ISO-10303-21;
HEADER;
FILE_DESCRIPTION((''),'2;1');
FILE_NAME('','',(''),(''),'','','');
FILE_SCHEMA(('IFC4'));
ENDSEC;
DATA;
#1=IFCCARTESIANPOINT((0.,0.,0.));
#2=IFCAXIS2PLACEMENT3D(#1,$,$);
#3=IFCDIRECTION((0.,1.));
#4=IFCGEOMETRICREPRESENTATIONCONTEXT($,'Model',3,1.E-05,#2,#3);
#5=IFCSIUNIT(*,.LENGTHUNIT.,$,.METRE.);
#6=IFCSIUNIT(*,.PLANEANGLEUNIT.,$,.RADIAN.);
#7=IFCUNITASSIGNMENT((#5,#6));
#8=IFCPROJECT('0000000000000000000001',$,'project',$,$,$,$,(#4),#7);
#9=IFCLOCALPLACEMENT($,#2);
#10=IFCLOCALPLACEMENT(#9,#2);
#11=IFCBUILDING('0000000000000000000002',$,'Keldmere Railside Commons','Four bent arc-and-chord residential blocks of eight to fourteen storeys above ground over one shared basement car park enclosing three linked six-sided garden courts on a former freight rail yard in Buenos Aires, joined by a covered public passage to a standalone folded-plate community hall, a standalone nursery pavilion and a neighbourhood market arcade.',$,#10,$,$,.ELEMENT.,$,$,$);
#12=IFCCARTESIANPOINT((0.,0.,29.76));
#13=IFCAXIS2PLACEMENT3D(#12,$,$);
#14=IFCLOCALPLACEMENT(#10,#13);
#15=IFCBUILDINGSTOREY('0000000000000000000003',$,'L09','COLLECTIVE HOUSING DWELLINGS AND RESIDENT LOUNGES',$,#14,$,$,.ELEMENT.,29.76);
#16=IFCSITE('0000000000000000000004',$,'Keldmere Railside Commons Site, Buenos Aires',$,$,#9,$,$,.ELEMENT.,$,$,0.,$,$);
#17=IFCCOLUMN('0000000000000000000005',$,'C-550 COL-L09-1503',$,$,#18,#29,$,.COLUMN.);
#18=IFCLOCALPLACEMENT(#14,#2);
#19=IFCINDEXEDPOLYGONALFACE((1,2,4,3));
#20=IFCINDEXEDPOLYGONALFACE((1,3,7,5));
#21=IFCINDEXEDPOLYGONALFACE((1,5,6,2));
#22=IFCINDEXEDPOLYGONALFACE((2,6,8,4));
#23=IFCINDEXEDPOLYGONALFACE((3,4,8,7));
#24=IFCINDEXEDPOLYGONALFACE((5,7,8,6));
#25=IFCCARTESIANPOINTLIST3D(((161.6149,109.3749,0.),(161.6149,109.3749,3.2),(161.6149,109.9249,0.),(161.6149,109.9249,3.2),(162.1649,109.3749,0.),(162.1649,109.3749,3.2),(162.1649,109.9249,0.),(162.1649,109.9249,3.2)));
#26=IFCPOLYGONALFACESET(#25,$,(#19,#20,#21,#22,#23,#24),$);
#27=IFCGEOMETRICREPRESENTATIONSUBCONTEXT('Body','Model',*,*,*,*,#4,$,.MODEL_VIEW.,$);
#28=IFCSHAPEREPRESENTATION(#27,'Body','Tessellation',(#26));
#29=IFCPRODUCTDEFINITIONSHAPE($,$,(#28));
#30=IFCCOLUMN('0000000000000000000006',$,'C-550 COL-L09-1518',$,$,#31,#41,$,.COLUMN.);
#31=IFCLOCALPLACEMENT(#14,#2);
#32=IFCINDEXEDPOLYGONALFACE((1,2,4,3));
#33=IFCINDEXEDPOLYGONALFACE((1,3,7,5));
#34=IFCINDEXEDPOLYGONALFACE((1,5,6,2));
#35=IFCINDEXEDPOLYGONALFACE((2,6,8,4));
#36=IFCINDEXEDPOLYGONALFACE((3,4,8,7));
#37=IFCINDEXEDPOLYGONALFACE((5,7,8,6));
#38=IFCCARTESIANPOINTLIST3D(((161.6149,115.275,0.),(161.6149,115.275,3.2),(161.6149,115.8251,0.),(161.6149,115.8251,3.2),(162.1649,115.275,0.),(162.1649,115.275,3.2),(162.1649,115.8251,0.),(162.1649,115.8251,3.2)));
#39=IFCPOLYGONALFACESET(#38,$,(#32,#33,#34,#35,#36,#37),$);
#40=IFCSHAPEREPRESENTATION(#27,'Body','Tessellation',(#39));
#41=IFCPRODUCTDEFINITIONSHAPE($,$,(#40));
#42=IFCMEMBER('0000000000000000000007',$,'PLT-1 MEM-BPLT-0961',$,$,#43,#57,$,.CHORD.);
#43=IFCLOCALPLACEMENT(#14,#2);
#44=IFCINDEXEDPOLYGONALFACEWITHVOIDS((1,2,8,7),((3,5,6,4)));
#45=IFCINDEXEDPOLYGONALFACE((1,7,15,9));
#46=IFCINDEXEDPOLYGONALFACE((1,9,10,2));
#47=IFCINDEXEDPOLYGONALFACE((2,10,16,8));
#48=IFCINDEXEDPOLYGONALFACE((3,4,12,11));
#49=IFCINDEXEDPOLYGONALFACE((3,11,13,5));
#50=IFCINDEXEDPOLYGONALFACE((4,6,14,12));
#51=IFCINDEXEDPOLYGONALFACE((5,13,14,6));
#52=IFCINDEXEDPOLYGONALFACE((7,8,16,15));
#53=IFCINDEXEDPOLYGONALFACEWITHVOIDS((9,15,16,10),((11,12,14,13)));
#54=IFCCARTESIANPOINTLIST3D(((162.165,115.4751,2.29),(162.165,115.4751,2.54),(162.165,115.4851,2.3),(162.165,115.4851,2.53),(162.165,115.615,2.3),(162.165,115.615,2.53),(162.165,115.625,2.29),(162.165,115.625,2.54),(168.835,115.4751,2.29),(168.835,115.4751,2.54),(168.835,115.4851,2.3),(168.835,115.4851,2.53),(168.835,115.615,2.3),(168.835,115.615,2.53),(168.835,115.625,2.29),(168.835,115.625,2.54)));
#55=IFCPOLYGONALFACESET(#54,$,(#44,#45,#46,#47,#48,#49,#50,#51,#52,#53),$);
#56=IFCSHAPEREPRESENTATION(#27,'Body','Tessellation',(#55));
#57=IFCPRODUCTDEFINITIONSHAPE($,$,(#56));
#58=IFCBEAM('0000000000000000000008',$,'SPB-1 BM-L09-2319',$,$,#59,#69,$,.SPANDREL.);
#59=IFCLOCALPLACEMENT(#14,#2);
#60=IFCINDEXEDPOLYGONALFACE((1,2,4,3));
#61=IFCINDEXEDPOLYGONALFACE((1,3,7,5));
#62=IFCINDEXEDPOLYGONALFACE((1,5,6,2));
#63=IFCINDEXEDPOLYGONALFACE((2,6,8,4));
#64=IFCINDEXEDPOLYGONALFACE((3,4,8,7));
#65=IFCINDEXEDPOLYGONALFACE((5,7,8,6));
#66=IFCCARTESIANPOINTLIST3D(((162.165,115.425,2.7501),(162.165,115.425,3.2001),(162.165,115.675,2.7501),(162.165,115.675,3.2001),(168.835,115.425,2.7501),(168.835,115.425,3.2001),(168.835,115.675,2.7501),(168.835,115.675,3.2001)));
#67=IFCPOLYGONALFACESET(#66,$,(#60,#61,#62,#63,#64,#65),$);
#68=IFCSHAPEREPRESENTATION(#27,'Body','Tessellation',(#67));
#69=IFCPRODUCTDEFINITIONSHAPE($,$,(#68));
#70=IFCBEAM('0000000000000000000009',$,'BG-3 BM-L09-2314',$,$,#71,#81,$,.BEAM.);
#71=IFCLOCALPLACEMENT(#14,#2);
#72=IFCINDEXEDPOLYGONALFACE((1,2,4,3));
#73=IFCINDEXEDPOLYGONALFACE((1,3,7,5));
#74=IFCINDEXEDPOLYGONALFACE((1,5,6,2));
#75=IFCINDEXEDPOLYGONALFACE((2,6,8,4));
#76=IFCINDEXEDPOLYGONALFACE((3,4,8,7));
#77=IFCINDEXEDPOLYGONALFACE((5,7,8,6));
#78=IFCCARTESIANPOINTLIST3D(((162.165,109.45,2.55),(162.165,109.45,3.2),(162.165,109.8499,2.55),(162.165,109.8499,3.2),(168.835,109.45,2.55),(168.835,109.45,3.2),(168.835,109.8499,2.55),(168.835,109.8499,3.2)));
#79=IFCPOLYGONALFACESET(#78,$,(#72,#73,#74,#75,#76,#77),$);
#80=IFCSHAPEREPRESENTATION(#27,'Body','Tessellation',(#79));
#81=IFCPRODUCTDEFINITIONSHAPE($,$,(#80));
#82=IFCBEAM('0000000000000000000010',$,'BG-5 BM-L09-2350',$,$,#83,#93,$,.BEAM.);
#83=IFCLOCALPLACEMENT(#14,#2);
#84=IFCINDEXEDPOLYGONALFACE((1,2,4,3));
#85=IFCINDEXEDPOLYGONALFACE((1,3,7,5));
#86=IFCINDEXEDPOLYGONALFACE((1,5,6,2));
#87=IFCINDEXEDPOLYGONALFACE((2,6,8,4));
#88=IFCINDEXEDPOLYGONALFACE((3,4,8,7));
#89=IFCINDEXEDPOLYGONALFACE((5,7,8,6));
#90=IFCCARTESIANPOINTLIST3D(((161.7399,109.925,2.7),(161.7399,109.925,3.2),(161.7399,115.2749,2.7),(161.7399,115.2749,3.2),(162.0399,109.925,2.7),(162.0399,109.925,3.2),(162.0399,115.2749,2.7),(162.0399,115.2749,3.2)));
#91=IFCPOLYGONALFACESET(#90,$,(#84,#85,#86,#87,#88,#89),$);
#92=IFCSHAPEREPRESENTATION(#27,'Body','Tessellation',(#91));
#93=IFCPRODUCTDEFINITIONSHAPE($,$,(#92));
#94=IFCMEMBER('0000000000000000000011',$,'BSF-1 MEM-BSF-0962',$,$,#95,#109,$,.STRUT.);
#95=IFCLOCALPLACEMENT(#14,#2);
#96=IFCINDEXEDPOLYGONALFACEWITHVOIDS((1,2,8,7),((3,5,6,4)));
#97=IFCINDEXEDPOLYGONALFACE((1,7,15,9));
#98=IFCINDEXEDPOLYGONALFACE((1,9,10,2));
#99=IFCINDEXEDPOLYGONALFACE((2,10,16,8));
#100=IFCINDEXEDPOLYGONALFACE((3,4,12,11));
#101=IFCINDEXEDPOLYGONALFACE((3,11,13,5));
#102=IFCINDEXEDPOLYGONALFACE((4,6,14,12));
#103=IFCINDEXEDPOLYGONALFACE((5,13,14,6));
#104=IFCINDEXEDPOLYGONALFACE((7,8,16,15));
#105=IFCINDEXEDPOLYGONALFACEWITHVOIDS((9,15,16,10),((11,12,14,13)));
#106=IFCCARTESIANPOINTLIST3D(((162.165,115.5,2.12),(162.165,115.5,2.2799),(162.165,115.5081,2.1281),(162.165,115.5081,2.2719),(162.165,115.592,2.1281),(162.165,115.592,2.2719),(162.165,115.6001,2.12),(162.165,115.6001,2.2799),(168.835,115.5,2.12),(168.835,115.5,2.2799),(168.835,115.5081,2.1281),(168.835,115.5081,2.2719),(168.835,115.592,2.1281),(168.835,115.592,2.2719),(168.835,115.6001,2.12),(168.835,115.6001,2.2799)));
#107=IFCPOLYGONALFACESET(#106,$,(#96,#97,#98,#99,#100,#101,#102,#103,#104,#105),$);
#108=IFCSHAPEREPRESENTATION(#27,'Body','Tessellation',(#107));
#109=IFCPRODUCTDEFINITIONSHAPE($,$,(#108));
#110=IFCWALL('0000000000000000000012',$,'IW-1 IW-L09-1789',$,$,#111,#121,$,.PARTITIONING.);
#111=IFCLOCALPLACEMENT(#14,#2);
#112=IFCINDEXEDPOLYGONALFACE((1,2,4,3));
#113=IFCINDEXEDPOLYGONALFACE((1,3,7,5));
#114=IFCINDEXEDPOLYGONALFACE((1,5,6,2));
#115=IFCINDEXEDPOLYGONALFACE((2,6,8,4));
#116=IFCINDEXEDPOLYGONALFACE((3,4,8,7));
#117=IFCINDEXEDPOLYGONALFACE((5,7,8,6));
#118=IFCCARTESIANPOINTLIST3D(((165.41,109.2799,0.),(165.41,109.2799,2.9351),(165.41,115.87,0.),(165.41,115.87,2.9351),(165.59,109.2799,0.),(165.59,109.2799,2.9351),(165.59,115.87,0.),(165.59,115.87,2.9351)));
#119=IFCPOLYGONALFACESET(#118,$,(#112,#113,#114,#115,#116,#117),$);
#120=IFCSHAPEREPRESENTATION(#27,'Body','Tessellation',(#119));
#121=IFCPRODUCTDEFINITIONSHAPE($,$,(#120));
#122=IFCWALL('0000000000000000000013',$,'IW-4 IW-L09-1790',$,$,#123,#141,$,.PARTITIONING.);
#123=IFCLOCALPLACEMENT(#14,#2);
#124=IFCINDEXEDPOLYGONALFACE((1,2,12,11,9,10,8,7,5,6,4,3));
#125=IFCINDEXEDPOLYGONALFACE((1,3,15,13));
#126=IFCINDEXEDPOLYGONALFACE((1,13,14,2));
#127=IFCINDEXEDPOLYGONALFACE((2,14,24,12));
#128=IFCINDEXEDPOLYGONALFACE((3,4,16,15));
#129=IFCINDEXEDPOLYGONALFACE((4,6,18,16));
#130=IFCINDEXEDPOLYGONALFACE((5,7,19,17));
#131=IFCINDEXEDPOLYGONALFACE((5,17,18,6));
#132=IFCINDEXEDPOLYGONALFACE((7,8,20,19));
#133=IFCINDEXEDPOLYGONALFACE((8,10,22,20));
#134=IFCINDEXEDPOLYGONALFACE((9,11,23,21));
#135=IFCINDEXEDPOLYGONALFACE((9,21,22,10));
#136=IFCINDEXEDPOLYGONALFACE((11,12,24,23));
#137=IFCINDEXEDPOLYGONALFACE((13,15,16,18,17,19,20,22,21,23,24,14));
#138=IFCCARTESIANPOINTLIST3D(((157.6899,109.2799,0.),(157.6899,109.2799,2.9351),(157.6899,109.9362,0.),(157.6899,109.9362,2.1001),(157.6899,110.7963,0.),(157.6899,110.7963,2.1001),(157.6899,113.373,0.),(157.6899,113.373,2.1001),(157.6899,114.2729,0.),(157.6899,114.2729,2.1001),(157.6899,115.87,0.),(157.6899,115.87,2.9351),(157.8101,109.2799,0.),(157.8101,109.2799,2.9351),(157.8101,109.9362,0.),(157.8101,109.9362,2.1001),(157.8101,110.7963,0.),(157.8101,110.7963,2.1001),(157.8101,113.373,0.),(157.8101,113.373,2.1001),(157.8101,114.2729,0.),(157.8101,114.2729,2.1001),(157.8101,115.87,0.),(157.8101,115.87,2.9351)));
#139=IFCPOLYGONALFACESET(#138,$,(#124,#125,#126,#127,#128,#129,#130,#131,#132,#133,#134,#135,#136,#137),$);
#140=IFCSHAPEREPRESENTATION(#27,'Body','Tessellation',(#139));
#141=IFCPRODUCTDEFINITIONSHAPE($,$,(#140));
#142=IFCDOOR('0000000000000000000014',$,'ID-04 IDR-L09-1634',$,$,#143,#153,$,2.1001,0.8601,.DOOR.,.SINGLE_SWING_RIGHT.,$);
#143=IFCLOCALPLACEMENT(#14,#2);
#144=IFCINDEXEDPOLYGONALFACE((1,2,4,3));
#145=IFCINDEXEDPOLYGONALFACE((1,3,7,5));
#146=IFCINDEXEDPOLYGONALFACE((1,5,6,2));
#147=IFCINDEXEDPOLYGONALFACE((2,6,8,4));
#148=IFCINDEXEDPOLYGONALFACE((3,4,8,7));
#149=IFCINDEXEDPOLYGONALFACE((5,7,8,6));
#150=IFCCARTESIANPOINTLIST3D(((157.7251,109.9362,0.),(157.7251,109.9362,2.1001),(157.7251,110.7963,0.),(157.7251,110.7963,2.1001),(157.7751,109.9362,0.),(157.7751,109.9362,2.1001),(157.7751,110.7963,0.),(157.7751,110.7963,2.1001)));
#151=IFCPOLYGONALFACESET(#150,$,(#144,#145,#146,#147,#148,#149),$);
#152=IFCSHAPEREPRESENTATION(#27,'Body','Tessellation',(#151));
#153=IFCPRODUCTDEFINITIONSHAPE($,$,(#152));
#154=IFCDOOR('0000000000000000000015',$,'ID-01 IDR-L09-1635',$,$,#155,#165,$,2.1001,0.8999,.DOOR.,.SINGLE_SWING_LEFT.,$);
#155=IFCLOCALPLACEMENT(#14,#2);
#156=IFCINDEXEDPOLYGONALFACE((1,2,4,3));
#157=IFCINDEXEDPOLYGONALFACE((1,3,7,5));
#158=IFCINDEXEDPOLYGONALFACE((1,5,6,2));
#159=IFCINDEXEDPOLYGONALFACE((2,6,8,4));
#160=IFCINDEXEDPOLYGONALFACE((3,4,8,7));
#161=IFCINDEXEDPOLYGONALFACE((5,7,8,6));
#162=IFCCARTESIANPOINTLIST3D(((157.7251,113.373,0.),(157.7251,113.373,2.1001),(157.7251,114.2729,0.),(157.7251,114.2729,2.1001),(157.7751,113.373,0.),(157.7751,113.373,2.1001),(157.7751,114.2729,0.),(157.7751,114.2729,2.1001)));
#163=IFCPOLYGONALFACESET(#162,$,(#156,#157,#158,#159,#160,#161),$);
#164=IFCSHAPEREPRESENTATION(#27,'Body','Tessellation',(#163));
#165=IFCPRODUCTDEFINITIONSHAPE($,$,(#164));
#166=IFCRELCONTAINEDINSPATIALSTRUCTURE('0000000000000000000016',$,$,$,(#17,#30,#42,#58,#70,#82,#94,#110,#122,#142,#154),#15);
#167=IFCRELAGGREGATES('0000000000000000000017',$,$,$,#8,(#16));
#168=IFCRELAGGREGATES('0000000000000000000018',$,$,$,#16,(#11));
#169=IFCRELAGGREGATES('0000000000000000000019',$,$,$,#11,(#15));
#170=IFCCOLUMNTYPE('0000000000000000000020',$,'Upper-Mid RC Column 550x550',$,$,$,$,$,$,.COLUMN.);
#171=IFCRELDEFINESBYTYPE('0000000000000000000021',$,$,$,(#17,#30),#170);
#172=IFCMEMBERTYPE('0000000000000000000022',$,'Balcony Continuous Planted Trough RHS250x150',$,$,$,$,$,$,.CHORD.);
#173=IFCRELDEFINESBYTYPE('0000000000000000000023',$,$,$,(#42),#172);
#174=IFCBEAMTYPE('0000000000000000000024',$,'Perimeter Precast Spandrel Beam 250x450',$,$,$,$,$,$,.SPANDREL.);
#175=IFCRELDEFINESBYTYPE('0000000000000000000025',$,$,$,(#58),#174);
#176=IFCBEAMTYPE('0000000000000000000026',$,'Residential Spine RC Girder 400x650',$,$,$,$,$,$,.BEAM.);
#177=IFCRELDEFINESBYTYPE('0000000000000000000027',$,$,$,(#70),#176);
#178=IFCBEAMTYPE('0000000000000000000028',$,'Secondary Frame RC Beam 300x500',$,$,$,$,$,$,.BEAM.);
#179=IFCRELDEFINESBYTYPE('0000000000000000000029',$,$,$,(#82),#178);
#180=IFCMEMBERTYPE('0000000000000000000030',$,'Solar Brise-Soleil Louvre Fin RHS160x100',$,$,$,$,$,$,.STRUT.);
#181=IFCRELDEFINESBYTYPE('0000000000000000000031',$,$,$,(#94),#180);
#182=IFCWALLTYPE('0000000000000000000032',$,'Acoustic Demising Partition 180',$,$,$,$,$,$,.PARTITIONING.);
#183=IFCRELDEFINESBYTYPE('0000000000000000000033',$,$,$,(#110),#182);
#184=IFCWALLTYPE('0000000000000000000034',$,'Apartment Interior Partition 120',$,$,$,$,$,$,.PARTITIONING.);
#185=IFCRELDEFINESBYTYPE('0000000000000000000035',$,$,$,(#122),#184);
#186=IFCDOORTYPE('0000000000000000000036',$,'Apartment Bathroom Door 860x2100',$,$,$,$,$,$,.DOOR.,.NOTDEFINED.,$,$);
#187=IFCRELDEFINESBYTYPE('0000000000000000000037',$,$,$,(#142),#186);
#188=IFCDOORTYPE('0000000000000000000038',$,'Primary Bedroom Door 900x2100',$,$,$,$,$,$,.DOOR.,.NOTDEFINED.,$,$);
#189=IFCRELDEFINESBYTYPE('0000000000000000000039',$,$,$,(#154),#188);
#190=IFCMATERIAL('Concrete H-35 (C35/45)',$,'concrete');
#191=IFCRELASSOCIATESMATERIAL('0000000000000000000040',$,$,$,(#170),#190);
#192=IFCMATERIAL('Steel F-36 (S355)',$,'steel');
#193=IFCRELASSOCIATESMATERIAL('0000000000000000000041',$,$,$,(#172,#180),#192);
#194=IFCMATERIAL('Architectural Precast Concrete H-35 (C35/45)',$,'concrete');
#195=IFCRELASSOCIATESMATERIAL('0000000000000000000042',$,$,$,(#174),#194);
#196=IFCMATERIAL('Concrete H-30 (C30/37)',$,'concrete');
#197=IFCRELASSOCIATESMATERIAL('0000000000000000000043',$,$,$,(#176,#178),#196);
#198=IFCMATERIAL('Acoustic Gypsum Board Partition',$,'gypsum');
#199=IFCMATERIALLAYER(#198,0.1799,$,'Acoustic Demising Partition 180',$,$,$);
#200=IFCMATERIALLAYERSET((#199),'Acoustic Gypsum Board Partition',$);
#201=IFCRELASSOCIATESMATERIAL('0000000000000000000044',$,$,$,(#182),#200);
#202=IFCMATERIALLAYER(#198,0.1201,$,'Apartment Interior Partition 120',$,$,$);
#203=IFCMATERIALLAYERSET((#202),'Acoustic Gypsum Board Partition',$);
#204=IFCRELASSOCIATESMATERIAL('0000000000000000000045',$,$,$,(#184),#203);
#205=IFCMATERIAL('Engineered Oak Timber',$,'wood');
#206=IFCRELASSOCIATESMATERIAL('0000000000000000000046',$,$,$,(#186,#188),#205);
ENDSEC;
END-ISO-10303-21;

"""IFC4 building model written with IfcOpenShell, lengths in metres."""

from ifc_helpers import new_model, si_unit, direction, frame, frame_2d, origin, origin_2d, place, context, subcontext, project, spatial, rectangle, hollow_rectangle, extrude, material, layer, layer_set, material_profile, profile_set, type_object, element, fill, save


model = new_model("IFC4")

# Units and contexts
model_context = context("Model", 3, precision=1e-05, world=origin(), true_north=direction((0.0, 1.0)))
body_context = subcontext(model_context, "Body", "Model", "MODEL_VIEW")
ifc_project = project(units=[si_unit("LENGTHUNIT", "METRE"), si_unit("PLANEANGLEUNIT", "RADIAN")], contexts=[model_context])

# Site, building, storey
site_placement = place(None, origin())
site = spatial("IfcSite", under=ifc_project, at=site_placement, Name="Keldmere Railside Commons Site, Buenos Aires", CompositionType="ELEMENT", RefElevation=0.0)
building_placement = place(site_placement, origin())
building = spatial("IfcBuilding", under=site, at=building_placement, Name="Keldmere Railside Commons", Description="Four bent arc-and-chord residential blocks of eight to fourteen storeys above ground over one shared basement car park enclosing three linked six-sided garden courts on a former freight rail yard in Buenos Aires, joined by a covered public passage to a standalone folded-plate community hall, a standalone nursery pavilion and a neighbourhood market arcade.", CompositionType="ELEMENT")
storey_placement = place(building_placement, frame((0.0, 0.0, 29.76)))
storey = spatial("IfcBuildingStorey", under=building, at=storey_placement, Name="L09", Description="COLLECTIVE HOUSING DWELLINGS AND RESIDENT LOUNGES", CompositionType="ELEMENT", Elevation=29.76)

# Columns
ifc_material_1 = material(Name="Concrete H-35 (C35/45)", Category="concrete")
ifc_material_profile_1 = material_profile(ifc_material_1, rectangle(XDim=0.55, YDim=0.55, at=origin_2d()), Name="RC-550x550")
ifc_profile_set_1 = profile_set([ifc_material_profile_1], Name="Concrete H-35 (C35/45)")
column_type = type_object("IfcColumnType", Name="Upper-Mid RC Column 550x550", PredefinedType="COLUMN", material=ifc_profile_set_1)
for number, where, z_axis, x_axis, name in (
    (1, (161.8899, 109.6499, 0.0), (0.0, 0.0, 1.0), (1.0, 0.0, 0.0), "C-550 COL-L09-1503"),
    (2, (161.8899, 115.55, 0.0), (0.0, 0.0, 1.0), (1.0, 0.0, 0.0), "C-550 COL-L09-1518"),
):
    element("IfcColumn", number, at=place(storey_placement, frame(where, z_axis=z_axis, x_axis=x_axis)), inside=storey, type_object=column_type, Name=name, PredefinedType="COLUMN", context=body_context, shape_type="SweptSolid", body=[
        extrude(rectangle(XDim=0.55, YDim=0.55, at=origin_2d()), origin(), (0.0, 0.0, 1.0), 3.2),
    ])

# Member
ifc_material_2 = material(Name="Steel F-36 (S355)", Category="steel")
ifc_material_profile_2 = material_profile(ifc_material_2, hollow_rectangle(XDim=0.1499, YDim=0.25, WallThickness=0.01, at=origin_2d()), Name="RHS-250x150x10")
ifc_profile_set_2 = profile_set([ifc_material_profile_2], Name="Steel F-36 (S355)")
member_type_1 = type_object("IfcMemberType", Name="Balcony Continuous Planted Trough RHS250x150", PredefinedType="CHORD", material=ifc_profile_set_2)
member_1_placement = place(storey_placement, frame((162.165, 115.55, 2.415), z_axis=(1.0, 0.0, 0.0), x_axis=(0.0, 1.0, 0.0)))
element("IfcMember", 3, at=member_1_placement, inside=storey, type_object=member_type_1, Name="PLT-1 MEM-BPLT-0961", PredefinedType="CHORD", context=body_context, shape_type="SweptSolid", body=[
    extrude(hollow_rectangle(XDim=0.1499, YDim=0.25, WallThickness=0.01, at=origin_2d()), origin(), (0.0, 0.0, 1.0), 6.6699),
])

# Beams
ifc_material_3 = material(Name="Architectural Precast Concrete H-35 (C35/45)", Category="concrete")
ifc_material_profile_3 = material_profile(ifc_material_3, rectangle(XDim=0.25, YDim=0.45, at=origin_2d()), Name="RC-250x450")
ifc_profile_set_3 = profile_set([ifc_material_profile_3], Name="Architectural Precast Concrete H-35 (C35/45)")
beam_type_1 = type_object("IfcBeamType", Name="Perimeter Precast Spandrel Beam 250x450", PredefinedType="SPANDREL", material=ifc_profile_set_3)
beam_1_placement = place(storey_placement, frame((162.165, 115.55, 2.9751), z_axis=(1.0, 0.0, 0.0), x_axis=(0.0, 1.0, 0.0)))
element("IfcBeam", 4, at=beam_1_placement, inside=storey, type_object=beam_type_1, Name="SPB-1 BM-L09-2319", PredefinedType="SPANDREL", context=body_context, shape_type="SweptSolid", body=[
    extrude(rectangle(XDim=0.25, YDim=0.45, at=origin_2d()), origin(), (0.0, 0.0, 1.0), 6.6699),
])
ifc_material_4 = material(Name="Concrete H-30 (C30/37)", Category="concrete")
ifc_material_profile_4 = material_profile(ifc_material_4, rectangle(XDim=0.3999, YDim=0.6499, at=origin_2d()), Name="RC-400x650")
ifc_profile_set_4 = profile_set([ifc_material_profile_4], Name="Concrete H-30 (C30/37)")
beam_type_2 = type_object("IfcBeamType", Name="Residential Spine RC Girder 400x650", PredefinedType="BEAM", material=ifc_profile_set_4)
beam_2_placement = place(storey_placement, frame((162.165, 109.6499, 2.875), z_axis=(1.0, 0.0, 0.0), x_axis=(0.0, 1.0, 0.0)))
element("IfcBeam", 5, at=beam_2_placement, inside=storey, type_object=beam_type_2, Name="BG-3 BM-L09-2314", PredefinedType="BEAM", context=body_context, shape_type="SweptSolid", body=[
    extrude(rectangle(XDim=0.3999, YDim=0.6499, at=origin_2d()), origin(), (0.0, 0.0, 1.0), 6.6699),
])
ifc_material_profile_5 = material_profile(ifc_material_4, rectangle(XDim=0.3, YDim=0.5, at=origin_2d()), Name="RC-300x500")
ifc_profile_set_5 = profile_set([ifc_material_profile_5], Name="Concrete H-30 (C30/37)")
beam_type_3 = type_object("IfcBeamType", Name="Secondary Frame RC Beam 300x500", PredefinedType="BEAM", material=ifc_profile_set_5)
beam_3_placement = place(storey_placement, frame((161.8899, 109.925, 2.95), z_axis=(0.0, 1.0, 0.0), x_axis=(-1.0, 0.0, 0.0)))
element("IfcBeam", 6, at=beam_3_placement, inside=storey, type_object=beam_type_3, Name="BG-5 BM-L09-2350", PredefinedType="BEAM", context=body_context, shape_type="SweptSolid", body=[
    extrude(rectangle(XDim=0.3, YDim=0.5, at=origin_2d()), origin(), (0.0, 0.0, 1.0), 5.3499),
])

# Member
ifc_material_profile_6 = material_profile(ifc_material_2, hollow_rectangle(XDim=0.1001, YDim=0.1599, WallThickness=0.0081, at=origin_2d()), Name="RHS-160x100x8")
ifc_profile_set_6 = profile_set([ifc_material_profile_6], Name="Steel F-36 (S355)")
member_type_2 = type_object("IfcMemberType", Name="Solar Brise-Soleil Louvre Fin RHS160x100", PredefinedType="STRUT", material=ifc_profile_set_6)
member_2_placement = place(storey_placement, frame((162.165, 115.55, 2.2), z_axis=(1.0, 0.0, 0.0), x_axis=(0.0, 1.0, 0.0)))
element("IfcMember", 7, at=member_2_placement, inside=storey, type_object=member_type_2, Name="BSF-1 MEM-BSF-0962", PredefinedType="STRUT", context=body_context, shape_type="SweptSolid", body=[
    extrude(hollow_rectangle(XDim=0.1001, YDim=0.1599, WallThickness=0.0081, at=origin_2d()), origin(), (0.0, 0.0, 1.0), 6.6699),
])

# Wall
ifc_material_5 = material(Name="Acoustic Gypsum Board Partition", Category="gypsum")
ifc_layer_1 = layer(ifc_material_5, 0.1799, Name="Acoustic Demising Partition 180")
ifc_layer_set_1 = layer_set([ifc_layer_1], Name="Acoustic Gypsum Board Partition")
wall_type_1 = type_object("IfcWallType", Name="Acoustic Demising Partition 180", PredefinedType="PARTITIONING", material=ifc_layer_set_1)
wall_1_placement = place(storey_placement, frame((165.5, 109.28, 0.0), z_axis=(0.0, 0.0, 1.0), x_axis=(0.0, 1.0, 0.0)))
element("IfcWall", 8, at=wall_1_placement, inside=storey, type_object=wall_type_1, Name="IW-1 IW-L09-1789", PredefinedType="PARTITIONING", context=body_context, shape_type="SweptSolid", body=[
    extrude(rectangle(XDim=6.5901, YDim=0.1799, at=frame_2d((3.2949, 0.0))), origin(), (0.0, 0.0, 1.0), 2.9351),
])

# Wall, openings, doors
ifc_layer_2 = layer(ifc_material_5, 0.1201, Name="Apartment Interior Partition 120")
ifc_layer_set_2 = layer_set([ifc_layer_2], Name="Acoustic Gypsum Board Partition")
wall_type_2 = type_object("IfcWallType", Name="Apartment Interior Partition 120", PredefinedType="PARTITIONING", material=ifc_layer_set_2)
wall_2_placement = place(storey_placement, frame((157.75, 109.28, 0.0), z_axis=(0.0, 0.0, 1.0), x_axis=(0.0, 1.0, 0.0)))
wall_2 = element("IfcWall", 9, at=wall_2_placement, inside=storey, type_object=wall_type_2, Name="IW-4 IW-L09-1790", PredefinedType="PARTITIONING", context=body_context, shape_type="SweptSolid", body=[
    extrude(rectangle(XDim=6.5901, YDim=0.1201, at=frame_2d((3.2949, 0.0))), origin(), (0.0, 0.0, 1.0), 2.9351),
])
opening_1_placement = place(wall_2_placement, frame((0.656, 0.0, 0.0)))
opening_1 = element("IfcOpeningElement", 10, at=opening_1_placement, cuts=wall_2, PredefinedType="OPENING", context=body_context, shape_type="SweptSolid", body=[
    extrude(rectangle(XDim=0.8601, YDim=2.1001, at=frame_2d((0.4302, 1.05))), frame((0.0, 0.0701, 0.0), z_axis=(0.0, -1.0, 0.0), x_axis=(1.0, 0.0, 0.0)), (0.0, 0.0, 1.0), 0.1401),
])
opening_2_placement = place(wall_2_placement, frame((4.093, 0.0, 0.0)))
opening_2 = element("IfcOpeningElement", 11, at=opening_2_placement, cuts=wall_2, PredefinedType="OPENING", context=body_context, shape_type="SweptSolid", body=[
    extrude(rectangle(XDim=0.8999, YDim=2.1001, at=frame_2d((0.45, 1.05))), frame((0.0, 0.0701, 0.0), z_axis=(0.0, -1.0, 0.0), x_axis=(1.0, 0.0, 0.0)), (0.0, 0.0, 1.0), 0.1401),
])
ifc_material_6 = material(Name="Engineered Oak Timber", Category="wood")
door_type_1 = type_object("IfcDoorType", Name="Apartment Bathroom Door 860x2100", OperationType="NOTDEFINED", PredefinedType="DOOR", material=ifc_material_6)
door_1_placement = place(opening_1_placement, origin())
door_1 = element("IfcDoor", 12, at=door_1_placement, inside=storey, type_object=door_type_1, Name="ID-04 IDR-L09-1634", OperationType="SINGLE_SWING_RIGHT", OverallHeight=2.1001, OverallWidth=0.8601, PredefinedType="DOOR", context=body_context, shape_type="SweptSolid", body=[
    extrude(rectangle(XDim=0.8601, YDim=2.1001, at=frame_2d((0.4302, 1.05))), frame((0.0, 0.0249, 0.0), z_axis=(0.0, -1.0, 0.0), x_axis=(1.0, 0.0, 0.0)), (0.0, 0.0, 1.0), 0.05),
])
fill(opening_1, door_1)
door_type_2 = type_object("IfcDoorType", Name="Primary Bedroom Door 900x2100", OperationType="NOTDEFINED", PredefinedType="DOOR", material=ifc_material_6)
door_2_placement = place(opening_2_placement, origin())
door_2 = element("IfcDoor", 13, at=door_2_placement, inside=storey, type_object=door_type_2, Name="ID-01 IDR-L09-1635", OperationType="SINGLE_SWING_LEFT", OverallHeight=2.1001, OverallWidth=0.8999, PredefinedType="DOOR", context=body_context, shape_type="SweptSolid", body=[
    extrude(rectangle(XDim=0.8999, YDim=2.1001, at=frame_2d((0.45, 1.05))), frame((0.0, 0.0249, 0.0), z_axis=(0.0, -1.0, 0.0), x_axis=(1.0, 0.0, 0.0)), (0.0, 0.0, 1.0), 0.05),
])
fill(opening_2, door_2)

save(model, "model.ifc")
